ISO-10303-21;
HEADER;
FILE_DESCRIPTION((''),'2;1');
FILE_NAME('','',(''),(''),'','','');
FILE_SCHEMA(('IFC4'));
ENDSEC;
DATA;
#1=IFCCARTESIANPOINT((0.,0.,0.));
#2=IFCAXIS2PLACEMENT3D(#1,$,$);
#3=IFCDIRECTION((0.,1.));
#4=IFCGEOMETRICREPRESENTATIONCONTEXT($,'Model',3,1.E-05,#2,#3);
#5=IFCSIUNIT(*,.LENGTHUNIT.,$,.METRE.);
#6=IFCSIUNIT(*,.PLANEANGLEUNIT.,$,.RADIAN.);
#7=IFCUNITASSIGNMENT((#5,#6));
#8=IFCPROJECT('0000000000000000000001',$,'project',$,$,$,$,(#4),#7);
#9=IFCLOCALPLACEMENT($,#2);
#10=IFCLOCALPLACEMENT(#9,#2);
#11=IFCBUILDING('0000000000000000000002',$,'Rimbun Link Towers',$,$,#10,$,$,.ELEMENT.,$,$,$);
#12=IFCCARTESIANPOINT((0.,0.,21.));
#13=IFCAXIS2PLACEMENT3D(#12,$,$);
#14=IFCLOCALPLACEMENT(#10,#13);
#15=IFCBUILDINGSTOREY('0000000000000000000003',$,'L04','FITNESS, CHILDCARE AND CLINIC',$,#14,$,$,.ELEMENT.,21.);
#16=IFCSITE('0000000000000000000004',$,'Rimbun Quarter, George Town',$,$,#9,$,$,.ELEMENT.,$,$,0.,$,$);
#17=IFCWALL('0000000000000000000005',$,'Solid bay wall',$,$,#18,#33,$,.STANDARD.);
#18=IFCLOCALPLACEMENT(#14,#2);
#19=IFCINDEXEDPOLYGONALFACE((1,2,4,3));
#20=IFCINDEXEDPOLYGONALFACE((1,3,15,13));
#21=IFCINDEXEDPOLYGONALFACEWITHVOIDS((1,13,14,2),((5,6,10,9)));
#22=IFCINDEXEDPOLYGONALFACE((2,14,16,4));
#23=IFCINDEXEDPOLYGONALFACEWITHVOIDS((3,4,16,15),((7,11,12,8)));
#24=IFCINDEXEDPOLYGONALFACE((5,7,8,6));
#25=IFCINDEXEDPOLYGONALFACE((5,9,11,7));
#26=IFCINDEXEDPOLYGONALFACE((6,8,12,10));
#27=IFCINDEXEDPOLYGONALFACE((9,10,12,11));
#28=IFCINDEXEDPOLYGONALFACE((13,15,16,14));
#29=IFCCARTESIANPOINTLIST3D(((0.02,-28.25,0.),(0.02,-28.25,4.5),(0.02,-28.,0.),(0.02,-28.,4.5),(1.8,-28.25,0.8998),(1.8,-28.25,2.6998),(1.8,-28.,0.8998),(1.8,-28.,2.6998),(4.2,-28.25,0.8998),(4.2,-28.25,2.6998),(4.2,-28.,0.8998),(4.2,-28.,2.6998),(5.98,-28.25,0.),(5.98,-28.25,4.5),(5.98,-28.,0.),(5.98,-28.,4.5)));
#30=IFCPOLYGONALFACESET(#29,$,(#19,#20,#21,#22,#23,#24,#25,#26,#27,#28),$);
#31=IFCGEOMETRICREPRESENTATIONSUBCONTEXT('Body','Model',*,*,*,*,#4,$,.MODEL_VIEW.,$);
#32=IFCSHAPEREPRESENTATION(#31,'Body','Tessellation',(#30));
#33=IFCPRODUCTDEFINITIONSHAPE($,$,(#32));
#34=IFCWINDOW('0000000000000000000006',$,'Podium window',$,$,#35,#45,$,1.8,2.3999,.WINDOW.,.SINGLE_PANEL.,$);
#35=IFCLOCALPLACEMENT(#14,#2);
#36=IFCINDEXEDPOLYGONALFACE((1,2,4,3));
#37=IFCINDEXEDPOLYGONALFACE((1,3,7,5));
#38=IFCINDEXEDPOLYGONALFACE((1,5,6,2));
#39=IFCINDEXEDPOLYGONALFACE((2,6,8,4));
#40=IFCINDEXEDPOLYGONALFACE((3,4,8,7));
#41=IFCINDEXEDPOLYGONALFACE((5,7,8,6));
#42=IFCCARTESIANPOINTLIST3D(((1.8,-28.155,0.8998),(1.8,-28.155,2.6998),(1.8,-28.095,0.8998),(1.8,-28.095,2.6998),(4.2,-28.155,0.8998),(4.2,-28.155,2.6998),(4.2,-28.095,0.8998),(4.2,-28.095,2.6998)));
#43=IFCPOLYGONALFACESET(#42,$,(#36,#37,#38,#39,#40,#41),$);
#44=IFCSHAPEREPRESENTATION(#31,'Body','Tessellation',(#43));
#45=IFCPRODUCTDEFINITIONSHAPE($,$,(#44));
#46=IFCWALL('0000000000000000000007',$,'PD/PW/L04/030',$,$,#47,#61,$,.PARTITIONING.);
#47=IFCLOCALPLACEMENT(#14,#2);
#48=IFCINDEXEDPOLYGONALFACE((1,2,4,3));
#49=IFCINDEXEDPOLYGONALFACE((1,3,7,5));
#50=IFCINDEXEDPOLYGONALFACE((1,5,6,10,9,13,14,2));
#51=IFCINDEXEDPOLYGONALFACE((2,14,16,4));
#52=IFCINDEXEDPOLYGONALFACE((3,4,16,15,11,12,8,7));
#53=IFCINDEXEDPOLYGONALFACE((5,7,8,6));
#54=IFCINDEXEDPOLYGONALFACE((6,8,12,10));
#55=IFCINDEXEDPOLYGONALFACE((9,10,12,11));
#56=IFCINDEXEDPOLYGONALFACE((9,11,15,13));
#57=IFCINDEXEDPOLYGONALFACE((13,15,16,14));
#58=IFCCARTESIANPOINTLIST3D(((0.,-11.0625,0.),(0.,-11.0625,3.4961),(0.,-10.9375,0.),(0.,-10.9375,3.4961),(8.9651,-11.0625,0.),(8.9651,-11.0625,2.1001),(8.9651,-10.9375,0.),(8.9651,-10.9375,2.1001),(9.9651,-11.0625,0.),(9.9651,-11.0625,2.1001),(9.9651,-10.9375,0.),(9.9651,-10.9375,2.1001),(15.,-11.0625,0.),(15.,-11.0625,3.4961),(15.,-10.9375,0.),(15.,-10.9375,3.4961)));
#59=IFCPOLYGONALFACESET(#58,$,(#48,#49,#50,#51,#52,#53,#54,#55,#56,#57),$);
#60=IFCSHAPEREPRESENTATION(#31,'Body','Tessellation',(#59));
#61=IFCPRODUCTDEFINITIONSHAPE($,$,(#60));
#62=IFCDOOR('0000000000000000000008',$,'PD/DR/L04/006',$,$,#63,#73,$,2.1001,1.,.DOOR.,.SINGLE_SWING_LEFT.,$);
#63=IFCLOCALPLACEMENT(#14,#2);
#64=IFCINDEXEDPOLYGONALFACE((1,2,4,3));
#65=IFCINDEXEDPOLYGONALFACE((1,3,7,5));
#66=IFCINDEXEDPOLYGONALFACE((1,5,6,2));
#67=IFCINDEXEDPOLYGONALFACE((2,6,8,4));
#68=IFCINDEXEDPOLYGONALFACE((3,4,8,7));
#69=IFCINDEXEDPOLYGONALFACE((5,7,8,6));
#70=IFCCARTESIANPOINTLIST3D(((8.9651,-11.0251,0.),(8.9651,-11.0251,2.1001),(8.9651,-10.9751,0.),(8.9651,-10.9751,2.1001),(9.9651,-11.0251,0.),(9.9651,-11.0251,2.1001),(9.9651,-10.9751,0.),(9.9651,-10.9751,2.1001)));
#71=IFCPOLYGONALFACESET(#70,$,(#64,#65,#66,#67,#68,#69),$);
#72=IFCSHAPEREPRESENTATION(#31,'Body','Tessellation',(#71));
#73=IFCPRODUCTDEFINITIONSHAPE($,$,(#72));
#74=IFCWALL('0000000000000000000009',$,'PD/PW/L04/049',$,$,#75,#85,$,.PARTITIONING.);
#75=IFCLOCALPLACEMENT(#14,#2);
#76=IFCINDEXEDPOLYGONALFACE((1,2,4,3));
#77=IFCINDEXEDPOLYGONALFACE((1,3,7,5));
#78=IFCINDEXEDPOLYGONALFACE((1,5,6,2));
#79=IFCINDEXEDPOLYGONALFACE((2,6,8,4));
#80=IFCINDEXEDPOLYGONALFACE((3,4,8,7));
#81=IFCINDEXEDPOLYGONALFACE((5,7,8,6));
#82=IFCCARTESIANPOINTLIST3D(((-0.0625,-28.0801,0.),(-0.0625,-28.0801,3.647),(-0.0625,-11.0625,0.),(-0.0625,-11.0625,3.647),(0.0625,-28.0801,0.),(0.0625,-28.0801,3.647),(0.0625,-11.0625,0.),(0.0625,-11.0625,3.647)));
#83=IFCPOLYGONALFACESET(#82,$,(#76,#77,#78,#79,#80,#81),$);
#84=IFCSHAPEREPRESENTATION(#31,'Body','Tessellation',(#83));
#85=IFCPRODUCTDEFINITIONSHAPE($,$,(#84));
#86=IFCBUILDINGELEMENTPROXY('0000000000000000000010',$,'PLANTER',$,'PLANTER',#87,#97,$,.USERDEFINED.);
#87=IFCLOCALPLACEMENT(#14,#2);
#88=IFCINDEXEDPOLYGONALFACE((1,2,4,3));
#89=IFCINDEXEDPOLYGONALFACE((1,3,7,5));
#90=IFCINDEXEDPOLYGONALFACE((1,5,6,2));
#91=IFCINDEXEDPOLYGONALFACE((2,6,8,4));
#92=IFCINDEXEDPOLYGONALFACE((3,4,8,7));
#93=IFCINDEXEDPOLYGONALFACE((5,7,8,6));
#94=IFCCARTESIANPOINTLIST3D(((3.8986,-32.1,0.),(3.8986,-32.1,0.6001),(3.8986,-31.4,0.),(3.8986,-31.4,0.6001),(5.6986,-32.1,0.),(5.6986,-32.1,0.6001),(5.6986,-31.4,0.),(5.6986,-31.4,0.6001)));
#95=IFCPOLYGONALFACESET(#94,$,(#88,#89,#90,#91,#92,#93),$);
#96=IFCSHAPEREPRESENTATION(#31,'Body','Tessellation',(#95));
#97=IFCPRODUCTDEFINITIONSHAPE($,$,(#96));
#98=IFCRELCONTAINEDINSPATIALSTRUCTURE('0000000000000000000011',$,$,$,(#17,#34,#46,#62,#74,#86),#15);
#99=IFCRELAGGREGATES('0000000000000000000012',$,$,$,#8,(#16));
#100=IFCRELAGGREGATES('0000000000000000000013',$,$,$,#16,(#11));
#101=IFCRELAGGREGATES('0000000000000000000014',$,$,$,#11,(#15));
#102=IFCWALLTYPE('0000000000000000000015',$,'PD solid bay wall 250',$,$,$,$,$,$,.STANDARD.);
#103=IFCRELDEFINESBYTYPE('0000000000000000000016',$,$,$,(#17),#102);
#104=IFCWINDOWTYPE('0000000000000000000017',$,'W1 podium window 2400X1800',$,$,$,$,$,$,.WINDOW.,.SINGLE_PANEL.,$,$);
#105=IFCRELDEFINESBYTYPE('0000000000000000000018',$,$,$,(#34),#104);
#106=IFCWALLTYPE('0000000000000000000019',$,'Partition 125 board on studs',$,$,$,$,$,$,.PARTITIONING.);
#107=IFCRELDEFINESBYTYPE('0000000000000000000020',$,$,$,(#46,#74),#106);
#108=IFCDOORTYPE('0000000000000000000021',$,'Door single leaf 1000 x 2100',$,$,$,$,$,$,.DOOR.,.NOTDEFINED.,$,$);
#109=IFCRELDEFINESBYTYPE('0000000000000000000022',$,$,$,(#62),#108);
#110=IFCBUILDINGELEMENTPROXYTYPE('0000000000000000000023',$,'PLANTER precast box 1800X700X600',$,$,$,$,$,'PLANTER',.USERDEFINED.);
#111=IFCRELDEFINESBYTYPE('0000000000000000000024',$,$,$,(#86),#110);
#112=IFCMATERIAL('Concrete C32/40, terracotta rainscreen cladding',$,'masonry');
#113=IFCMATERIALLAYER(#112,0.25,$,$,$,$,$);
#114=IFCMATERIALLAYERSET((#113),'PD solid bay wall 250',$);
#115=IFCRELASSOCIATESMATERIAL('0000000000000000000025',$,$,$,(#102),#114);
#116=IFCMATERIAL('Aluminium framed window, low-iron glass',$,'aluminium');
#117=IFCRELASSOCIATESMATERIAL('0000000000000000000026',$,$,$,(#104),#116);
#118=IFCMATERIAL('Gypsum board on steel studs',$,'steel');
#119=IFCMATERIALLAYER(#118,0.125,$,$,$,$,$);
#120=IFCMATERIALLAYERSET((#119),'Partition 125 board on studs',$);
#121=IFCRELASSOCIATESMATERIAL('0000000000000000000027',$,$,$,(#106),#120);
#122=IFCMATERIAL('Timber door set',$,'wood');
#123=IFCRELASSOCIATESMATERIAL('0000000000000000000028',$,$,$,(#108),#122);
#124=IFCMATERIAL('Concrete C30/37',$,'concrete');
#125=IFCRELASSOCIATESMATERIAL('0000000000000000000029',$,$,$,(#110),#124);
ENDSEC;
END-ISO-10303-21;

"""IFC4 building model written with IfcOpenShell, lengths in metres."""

from ifc_helpers import new_model, si_unit, direction, frame, frame_2d, origin, origin_2d, place, context, subcontext, project, spatial, rectangle, extrude, material, layer, layer_set, type_object, element, fill, save


model = new_model("IFC4")

# Units and contexts
model_context = context("Model", 3, precision=1e-05, world=origin(), true_north=direction((0.0, 1.0)))
body_context = subcontext(model_context, "Body", "Model", "MODEL_VIEW")
ifc_project = project(units=[si_unit("LENGTHUNIT", "METRE"), si_unit("PLANEANGLEUNIT", "RADIAN")], contexts=[model_context])

# Site, building, storey
site_placement = place(None, origin())
site = spatial("IfcSite", under=ifc_project, at=site_placement, Name="Rimbun Quarter, George Town", CompositionType="ELEMENT", RefElevation=0.0)
building_placement = place(site_placement, origin())
building = spatial("IfcBuilding", under=site, at=building_placement, Name="Rimbun Link Towers", CompositionType="ELEMENT")
storey_placement = place(building_placement, frame((0.0, 0.0, 21.0)))
storey = spatial("IfcBuildingStorey", under=building, at=storey_placement, Name="L04", Description="FITNESS, CHILDCARE AND CLINIC", CompositionType="ELEMENT", Elevation=21.0)

# Wall, opening, window
ifc_material_1 = material(Name="Concrete C32/40, terracotta rainscreen cladding", Category="masonry")
ifc_layer_1 = layer(ifc_material_1, 0.25)
ifc_layer_set_1 = layer_set([ifc_layer_1], Name="PD solid bay wall 250")
wall_type_1 = type_object("IfcWallType", Name="PD solid bay wall 250", PredefinedType="STANDARD", material=ifc_layer_set_1)
wall_1_placement = place(storey_placement, frame((5.98, -28.125, 0.0), z_axis=(0.0, 0.0, 1.0), x_axis=(-1.0, 0.0, 0.0)))
wall_1 = element("IfcWall", 1, at=wall_1_placement, inside=storey, type_object=wall_type_1, Name="Solid bay wall", PredefinedType="STANDARD", context=body_context, shape_type="SweptSolid", body=[
    extrude(rectangle(XDim=5.96, YDim=0.25, at=frame_2d((2.98, 0.0))), origin(), (0.0, 0.0, 1.0), 4.5),
])
opening_1_placement = place(wall_1_placement, frame((1.78, 0.0, 0.8999)))
opening_1 = element("IfcOpeningElement", 2, at=opening_1_placement, cuts=wall_1, PredefinedType="OPENING", context=body_context, shape_type="SweptSolid", body=[
    extrude(rectangle(XDim=2.3999, YDim=1.8, at=frame_2d((1.2, 0.8999))), frame((0.0, 0.135, 0.0), z_axis=(0.0, -1.0, 0.0), x_axis=(1.0, 0.0, 0.0)), (0.0, 0.0, 1.0), 0.27),
])
ifc_material_2 = material(Name="Aluminium framed window, low-iron glass", Category="aluminium")
window_type = type_object("IfcWindowType", Name="W1 podium window 2400X1800", PartitioningType="SINGLE_PANEL", PredefinedType="WINDOW", material=ifc_material_2)
window_placement = place(opening_1_placement, origin())
window = element("IfcWindow", 3, at=window_placement, inside=storey, type_object=window_type, Name="Podium window", OverallHeight=1.8, OverallWidth=2.3999, PartitioningType="SINGLE_PANEL", PredefinedType="WINDOW", context=body_context, shape_type="SweptSolid", body=[
    extrude(rectangle(XDim=2.3999, YDim=1.8, at=frame_2d((1.2, 0.8999))), frame((0.0, 0.03, 0.0), z_axis=(0.0, -1.0, 0.0), x_axis=(1.0, 0.0, 0.0)), (0.0, 0.0, 1.0), 0.0601),
])
fill(opening_1, window)

# Wall, opening, door
ifc_material_3 = material(Name="Gypsum board on steel studs", Category="steel")
ifc_layer_2 = layer(ifc_material_3, 0.125)
ifc_layer_set_2 = layer_set([ifc_layer_2], Name="Partition 125 board on studs")
wall_type_2 = type_object("IfcWallType", Name="Partition 125 board on studs", PredefinedType="PARTITIONING", material=ifc_layer_set_2)
wall_2_placement = place(storey_placement, frame((0.0, -11.0, 0.0), z_axis=(0.0, 0.0, 1.0), x_axis=(1.0, 0.0, 0.0)))
wall_2 = element("IfcWall", 4, at=wall_2_placement, inside=storey, type_object=wall_type_2, Name="PD/PW/L04/030", PredefinedType="PARTITIONING", context=body_context, shape_type="SweptSolid", body=[
    extrude(rectangle(XDim=15.0, YDim=0.125, at=frame_2d((7.5, 0.0))), origin(), (0.0, 0.0, 1.0), 3.4961),
])
opening_2_placement = place(wall_2_placement, frame((8.9651, 0.0, 0.0)))
opening_2 = element("IfcOpeningElement", 5, at=opening_2_placement, cuts=wall_2, PredefinedType="OPENING", context=body_context, shape_type="SweptSolid", body=[
    extrude(rectangle(XDim=1.0, YDim=2.1001, at=frame_2d((0.5, 1.05))), frame((0.0, 0.0725, 0.0), z_axis=(0.0, -1.0, 0.0), x_axis=(1.0, 0.0, 0.0)), (0.0, 0.0, 1.0), 0.145),
])
ifc_material_4 = material(Name="Timber door set", Category="wood")
door_type_1 = type_object("IfcDoorType", Name="Door single leaf 1000 x 2100", OperationType="NOTDEFINED", PredefinedType="DOOR", material=ifc_material_4)
door_1_placement = place(opening_2_placement, origin())
door_1 = element("IfcDoor", 6, at=door_1_placement, inside=storey, type_object=door_type_1, Name="PD/DR/L04/006", OperationType="SINGLE_SWING_LEFT", OverallHeight=2.1001, OverallWidth=1.0, PredefinedType="DOOR", context=body_context, shape_type="SweptSolid", body=[
    extrude(rectangle(XDim=1.0, YDim=2.1001, at=frame_2d((0.5, 1.05))), frame((0.0, 0.0249, 0.0), z_axis=(0.0, -1.0, 0.0), x_axis=(1.0, 0.0, 0.0)), (0.0, 0.0, 1.0), 0.05),
])
fill(opening_2, door_1)

# Wall
wall_3_placement = place(storey_placement, frame((0.0, -28.0801, 0.0), z_axis=(0.0, 0.0, 1.0), x_axis=(0.0, 1.0, 0.0)))
element("IfcWall", 7, at=wall_3_placement, inside=storey, type_object=wall_type_2, Name="PD/PW/L04/049", PredefinedType="PARTITIONING", context=body_context, shape_type="SweptSolid", body=[
    extrude(rectangle(XDim=17.0176, YDim=0.125, at=frame_2d((8.5088, 0.0))), origin(), (0.0, 0.0, 1.0), 3.647),
])

# Building element proxy
ifc_material_5 = material(Name="Concrete C30/37", Category="concrete")
building_element_proxy_type = type_object("IfcBuildingElementProxyType", Name="PLANTER precast box 1800X700X600", ElementType="PLANTER", PredefinedType="USERDEFINED", material=ifc_material_5)
proxy_placement = place(storey_placement, frame((4.7986, -31.75, 0.0), z_axis=(0.0, 0.0, 1.0), x_axis=(1.0, 0.0, 0.0)))
element("IfcBuildingElementProxy", 8, at=proxy_placement, inside=storey, type_object=building_element_proxy_type, Name="PLANTER", ObjectType="PLANTER", PredefinedType="USERDEFINED", context=body_context, shape_type="SweptSolid", body=[
    extrude(rectangle(XDim=1.8, YDim=0.7, at=origin_2d()), origin(), (0.0, 0.0, 1.0), 0.6001),
])

save(model, "model.ifc")
